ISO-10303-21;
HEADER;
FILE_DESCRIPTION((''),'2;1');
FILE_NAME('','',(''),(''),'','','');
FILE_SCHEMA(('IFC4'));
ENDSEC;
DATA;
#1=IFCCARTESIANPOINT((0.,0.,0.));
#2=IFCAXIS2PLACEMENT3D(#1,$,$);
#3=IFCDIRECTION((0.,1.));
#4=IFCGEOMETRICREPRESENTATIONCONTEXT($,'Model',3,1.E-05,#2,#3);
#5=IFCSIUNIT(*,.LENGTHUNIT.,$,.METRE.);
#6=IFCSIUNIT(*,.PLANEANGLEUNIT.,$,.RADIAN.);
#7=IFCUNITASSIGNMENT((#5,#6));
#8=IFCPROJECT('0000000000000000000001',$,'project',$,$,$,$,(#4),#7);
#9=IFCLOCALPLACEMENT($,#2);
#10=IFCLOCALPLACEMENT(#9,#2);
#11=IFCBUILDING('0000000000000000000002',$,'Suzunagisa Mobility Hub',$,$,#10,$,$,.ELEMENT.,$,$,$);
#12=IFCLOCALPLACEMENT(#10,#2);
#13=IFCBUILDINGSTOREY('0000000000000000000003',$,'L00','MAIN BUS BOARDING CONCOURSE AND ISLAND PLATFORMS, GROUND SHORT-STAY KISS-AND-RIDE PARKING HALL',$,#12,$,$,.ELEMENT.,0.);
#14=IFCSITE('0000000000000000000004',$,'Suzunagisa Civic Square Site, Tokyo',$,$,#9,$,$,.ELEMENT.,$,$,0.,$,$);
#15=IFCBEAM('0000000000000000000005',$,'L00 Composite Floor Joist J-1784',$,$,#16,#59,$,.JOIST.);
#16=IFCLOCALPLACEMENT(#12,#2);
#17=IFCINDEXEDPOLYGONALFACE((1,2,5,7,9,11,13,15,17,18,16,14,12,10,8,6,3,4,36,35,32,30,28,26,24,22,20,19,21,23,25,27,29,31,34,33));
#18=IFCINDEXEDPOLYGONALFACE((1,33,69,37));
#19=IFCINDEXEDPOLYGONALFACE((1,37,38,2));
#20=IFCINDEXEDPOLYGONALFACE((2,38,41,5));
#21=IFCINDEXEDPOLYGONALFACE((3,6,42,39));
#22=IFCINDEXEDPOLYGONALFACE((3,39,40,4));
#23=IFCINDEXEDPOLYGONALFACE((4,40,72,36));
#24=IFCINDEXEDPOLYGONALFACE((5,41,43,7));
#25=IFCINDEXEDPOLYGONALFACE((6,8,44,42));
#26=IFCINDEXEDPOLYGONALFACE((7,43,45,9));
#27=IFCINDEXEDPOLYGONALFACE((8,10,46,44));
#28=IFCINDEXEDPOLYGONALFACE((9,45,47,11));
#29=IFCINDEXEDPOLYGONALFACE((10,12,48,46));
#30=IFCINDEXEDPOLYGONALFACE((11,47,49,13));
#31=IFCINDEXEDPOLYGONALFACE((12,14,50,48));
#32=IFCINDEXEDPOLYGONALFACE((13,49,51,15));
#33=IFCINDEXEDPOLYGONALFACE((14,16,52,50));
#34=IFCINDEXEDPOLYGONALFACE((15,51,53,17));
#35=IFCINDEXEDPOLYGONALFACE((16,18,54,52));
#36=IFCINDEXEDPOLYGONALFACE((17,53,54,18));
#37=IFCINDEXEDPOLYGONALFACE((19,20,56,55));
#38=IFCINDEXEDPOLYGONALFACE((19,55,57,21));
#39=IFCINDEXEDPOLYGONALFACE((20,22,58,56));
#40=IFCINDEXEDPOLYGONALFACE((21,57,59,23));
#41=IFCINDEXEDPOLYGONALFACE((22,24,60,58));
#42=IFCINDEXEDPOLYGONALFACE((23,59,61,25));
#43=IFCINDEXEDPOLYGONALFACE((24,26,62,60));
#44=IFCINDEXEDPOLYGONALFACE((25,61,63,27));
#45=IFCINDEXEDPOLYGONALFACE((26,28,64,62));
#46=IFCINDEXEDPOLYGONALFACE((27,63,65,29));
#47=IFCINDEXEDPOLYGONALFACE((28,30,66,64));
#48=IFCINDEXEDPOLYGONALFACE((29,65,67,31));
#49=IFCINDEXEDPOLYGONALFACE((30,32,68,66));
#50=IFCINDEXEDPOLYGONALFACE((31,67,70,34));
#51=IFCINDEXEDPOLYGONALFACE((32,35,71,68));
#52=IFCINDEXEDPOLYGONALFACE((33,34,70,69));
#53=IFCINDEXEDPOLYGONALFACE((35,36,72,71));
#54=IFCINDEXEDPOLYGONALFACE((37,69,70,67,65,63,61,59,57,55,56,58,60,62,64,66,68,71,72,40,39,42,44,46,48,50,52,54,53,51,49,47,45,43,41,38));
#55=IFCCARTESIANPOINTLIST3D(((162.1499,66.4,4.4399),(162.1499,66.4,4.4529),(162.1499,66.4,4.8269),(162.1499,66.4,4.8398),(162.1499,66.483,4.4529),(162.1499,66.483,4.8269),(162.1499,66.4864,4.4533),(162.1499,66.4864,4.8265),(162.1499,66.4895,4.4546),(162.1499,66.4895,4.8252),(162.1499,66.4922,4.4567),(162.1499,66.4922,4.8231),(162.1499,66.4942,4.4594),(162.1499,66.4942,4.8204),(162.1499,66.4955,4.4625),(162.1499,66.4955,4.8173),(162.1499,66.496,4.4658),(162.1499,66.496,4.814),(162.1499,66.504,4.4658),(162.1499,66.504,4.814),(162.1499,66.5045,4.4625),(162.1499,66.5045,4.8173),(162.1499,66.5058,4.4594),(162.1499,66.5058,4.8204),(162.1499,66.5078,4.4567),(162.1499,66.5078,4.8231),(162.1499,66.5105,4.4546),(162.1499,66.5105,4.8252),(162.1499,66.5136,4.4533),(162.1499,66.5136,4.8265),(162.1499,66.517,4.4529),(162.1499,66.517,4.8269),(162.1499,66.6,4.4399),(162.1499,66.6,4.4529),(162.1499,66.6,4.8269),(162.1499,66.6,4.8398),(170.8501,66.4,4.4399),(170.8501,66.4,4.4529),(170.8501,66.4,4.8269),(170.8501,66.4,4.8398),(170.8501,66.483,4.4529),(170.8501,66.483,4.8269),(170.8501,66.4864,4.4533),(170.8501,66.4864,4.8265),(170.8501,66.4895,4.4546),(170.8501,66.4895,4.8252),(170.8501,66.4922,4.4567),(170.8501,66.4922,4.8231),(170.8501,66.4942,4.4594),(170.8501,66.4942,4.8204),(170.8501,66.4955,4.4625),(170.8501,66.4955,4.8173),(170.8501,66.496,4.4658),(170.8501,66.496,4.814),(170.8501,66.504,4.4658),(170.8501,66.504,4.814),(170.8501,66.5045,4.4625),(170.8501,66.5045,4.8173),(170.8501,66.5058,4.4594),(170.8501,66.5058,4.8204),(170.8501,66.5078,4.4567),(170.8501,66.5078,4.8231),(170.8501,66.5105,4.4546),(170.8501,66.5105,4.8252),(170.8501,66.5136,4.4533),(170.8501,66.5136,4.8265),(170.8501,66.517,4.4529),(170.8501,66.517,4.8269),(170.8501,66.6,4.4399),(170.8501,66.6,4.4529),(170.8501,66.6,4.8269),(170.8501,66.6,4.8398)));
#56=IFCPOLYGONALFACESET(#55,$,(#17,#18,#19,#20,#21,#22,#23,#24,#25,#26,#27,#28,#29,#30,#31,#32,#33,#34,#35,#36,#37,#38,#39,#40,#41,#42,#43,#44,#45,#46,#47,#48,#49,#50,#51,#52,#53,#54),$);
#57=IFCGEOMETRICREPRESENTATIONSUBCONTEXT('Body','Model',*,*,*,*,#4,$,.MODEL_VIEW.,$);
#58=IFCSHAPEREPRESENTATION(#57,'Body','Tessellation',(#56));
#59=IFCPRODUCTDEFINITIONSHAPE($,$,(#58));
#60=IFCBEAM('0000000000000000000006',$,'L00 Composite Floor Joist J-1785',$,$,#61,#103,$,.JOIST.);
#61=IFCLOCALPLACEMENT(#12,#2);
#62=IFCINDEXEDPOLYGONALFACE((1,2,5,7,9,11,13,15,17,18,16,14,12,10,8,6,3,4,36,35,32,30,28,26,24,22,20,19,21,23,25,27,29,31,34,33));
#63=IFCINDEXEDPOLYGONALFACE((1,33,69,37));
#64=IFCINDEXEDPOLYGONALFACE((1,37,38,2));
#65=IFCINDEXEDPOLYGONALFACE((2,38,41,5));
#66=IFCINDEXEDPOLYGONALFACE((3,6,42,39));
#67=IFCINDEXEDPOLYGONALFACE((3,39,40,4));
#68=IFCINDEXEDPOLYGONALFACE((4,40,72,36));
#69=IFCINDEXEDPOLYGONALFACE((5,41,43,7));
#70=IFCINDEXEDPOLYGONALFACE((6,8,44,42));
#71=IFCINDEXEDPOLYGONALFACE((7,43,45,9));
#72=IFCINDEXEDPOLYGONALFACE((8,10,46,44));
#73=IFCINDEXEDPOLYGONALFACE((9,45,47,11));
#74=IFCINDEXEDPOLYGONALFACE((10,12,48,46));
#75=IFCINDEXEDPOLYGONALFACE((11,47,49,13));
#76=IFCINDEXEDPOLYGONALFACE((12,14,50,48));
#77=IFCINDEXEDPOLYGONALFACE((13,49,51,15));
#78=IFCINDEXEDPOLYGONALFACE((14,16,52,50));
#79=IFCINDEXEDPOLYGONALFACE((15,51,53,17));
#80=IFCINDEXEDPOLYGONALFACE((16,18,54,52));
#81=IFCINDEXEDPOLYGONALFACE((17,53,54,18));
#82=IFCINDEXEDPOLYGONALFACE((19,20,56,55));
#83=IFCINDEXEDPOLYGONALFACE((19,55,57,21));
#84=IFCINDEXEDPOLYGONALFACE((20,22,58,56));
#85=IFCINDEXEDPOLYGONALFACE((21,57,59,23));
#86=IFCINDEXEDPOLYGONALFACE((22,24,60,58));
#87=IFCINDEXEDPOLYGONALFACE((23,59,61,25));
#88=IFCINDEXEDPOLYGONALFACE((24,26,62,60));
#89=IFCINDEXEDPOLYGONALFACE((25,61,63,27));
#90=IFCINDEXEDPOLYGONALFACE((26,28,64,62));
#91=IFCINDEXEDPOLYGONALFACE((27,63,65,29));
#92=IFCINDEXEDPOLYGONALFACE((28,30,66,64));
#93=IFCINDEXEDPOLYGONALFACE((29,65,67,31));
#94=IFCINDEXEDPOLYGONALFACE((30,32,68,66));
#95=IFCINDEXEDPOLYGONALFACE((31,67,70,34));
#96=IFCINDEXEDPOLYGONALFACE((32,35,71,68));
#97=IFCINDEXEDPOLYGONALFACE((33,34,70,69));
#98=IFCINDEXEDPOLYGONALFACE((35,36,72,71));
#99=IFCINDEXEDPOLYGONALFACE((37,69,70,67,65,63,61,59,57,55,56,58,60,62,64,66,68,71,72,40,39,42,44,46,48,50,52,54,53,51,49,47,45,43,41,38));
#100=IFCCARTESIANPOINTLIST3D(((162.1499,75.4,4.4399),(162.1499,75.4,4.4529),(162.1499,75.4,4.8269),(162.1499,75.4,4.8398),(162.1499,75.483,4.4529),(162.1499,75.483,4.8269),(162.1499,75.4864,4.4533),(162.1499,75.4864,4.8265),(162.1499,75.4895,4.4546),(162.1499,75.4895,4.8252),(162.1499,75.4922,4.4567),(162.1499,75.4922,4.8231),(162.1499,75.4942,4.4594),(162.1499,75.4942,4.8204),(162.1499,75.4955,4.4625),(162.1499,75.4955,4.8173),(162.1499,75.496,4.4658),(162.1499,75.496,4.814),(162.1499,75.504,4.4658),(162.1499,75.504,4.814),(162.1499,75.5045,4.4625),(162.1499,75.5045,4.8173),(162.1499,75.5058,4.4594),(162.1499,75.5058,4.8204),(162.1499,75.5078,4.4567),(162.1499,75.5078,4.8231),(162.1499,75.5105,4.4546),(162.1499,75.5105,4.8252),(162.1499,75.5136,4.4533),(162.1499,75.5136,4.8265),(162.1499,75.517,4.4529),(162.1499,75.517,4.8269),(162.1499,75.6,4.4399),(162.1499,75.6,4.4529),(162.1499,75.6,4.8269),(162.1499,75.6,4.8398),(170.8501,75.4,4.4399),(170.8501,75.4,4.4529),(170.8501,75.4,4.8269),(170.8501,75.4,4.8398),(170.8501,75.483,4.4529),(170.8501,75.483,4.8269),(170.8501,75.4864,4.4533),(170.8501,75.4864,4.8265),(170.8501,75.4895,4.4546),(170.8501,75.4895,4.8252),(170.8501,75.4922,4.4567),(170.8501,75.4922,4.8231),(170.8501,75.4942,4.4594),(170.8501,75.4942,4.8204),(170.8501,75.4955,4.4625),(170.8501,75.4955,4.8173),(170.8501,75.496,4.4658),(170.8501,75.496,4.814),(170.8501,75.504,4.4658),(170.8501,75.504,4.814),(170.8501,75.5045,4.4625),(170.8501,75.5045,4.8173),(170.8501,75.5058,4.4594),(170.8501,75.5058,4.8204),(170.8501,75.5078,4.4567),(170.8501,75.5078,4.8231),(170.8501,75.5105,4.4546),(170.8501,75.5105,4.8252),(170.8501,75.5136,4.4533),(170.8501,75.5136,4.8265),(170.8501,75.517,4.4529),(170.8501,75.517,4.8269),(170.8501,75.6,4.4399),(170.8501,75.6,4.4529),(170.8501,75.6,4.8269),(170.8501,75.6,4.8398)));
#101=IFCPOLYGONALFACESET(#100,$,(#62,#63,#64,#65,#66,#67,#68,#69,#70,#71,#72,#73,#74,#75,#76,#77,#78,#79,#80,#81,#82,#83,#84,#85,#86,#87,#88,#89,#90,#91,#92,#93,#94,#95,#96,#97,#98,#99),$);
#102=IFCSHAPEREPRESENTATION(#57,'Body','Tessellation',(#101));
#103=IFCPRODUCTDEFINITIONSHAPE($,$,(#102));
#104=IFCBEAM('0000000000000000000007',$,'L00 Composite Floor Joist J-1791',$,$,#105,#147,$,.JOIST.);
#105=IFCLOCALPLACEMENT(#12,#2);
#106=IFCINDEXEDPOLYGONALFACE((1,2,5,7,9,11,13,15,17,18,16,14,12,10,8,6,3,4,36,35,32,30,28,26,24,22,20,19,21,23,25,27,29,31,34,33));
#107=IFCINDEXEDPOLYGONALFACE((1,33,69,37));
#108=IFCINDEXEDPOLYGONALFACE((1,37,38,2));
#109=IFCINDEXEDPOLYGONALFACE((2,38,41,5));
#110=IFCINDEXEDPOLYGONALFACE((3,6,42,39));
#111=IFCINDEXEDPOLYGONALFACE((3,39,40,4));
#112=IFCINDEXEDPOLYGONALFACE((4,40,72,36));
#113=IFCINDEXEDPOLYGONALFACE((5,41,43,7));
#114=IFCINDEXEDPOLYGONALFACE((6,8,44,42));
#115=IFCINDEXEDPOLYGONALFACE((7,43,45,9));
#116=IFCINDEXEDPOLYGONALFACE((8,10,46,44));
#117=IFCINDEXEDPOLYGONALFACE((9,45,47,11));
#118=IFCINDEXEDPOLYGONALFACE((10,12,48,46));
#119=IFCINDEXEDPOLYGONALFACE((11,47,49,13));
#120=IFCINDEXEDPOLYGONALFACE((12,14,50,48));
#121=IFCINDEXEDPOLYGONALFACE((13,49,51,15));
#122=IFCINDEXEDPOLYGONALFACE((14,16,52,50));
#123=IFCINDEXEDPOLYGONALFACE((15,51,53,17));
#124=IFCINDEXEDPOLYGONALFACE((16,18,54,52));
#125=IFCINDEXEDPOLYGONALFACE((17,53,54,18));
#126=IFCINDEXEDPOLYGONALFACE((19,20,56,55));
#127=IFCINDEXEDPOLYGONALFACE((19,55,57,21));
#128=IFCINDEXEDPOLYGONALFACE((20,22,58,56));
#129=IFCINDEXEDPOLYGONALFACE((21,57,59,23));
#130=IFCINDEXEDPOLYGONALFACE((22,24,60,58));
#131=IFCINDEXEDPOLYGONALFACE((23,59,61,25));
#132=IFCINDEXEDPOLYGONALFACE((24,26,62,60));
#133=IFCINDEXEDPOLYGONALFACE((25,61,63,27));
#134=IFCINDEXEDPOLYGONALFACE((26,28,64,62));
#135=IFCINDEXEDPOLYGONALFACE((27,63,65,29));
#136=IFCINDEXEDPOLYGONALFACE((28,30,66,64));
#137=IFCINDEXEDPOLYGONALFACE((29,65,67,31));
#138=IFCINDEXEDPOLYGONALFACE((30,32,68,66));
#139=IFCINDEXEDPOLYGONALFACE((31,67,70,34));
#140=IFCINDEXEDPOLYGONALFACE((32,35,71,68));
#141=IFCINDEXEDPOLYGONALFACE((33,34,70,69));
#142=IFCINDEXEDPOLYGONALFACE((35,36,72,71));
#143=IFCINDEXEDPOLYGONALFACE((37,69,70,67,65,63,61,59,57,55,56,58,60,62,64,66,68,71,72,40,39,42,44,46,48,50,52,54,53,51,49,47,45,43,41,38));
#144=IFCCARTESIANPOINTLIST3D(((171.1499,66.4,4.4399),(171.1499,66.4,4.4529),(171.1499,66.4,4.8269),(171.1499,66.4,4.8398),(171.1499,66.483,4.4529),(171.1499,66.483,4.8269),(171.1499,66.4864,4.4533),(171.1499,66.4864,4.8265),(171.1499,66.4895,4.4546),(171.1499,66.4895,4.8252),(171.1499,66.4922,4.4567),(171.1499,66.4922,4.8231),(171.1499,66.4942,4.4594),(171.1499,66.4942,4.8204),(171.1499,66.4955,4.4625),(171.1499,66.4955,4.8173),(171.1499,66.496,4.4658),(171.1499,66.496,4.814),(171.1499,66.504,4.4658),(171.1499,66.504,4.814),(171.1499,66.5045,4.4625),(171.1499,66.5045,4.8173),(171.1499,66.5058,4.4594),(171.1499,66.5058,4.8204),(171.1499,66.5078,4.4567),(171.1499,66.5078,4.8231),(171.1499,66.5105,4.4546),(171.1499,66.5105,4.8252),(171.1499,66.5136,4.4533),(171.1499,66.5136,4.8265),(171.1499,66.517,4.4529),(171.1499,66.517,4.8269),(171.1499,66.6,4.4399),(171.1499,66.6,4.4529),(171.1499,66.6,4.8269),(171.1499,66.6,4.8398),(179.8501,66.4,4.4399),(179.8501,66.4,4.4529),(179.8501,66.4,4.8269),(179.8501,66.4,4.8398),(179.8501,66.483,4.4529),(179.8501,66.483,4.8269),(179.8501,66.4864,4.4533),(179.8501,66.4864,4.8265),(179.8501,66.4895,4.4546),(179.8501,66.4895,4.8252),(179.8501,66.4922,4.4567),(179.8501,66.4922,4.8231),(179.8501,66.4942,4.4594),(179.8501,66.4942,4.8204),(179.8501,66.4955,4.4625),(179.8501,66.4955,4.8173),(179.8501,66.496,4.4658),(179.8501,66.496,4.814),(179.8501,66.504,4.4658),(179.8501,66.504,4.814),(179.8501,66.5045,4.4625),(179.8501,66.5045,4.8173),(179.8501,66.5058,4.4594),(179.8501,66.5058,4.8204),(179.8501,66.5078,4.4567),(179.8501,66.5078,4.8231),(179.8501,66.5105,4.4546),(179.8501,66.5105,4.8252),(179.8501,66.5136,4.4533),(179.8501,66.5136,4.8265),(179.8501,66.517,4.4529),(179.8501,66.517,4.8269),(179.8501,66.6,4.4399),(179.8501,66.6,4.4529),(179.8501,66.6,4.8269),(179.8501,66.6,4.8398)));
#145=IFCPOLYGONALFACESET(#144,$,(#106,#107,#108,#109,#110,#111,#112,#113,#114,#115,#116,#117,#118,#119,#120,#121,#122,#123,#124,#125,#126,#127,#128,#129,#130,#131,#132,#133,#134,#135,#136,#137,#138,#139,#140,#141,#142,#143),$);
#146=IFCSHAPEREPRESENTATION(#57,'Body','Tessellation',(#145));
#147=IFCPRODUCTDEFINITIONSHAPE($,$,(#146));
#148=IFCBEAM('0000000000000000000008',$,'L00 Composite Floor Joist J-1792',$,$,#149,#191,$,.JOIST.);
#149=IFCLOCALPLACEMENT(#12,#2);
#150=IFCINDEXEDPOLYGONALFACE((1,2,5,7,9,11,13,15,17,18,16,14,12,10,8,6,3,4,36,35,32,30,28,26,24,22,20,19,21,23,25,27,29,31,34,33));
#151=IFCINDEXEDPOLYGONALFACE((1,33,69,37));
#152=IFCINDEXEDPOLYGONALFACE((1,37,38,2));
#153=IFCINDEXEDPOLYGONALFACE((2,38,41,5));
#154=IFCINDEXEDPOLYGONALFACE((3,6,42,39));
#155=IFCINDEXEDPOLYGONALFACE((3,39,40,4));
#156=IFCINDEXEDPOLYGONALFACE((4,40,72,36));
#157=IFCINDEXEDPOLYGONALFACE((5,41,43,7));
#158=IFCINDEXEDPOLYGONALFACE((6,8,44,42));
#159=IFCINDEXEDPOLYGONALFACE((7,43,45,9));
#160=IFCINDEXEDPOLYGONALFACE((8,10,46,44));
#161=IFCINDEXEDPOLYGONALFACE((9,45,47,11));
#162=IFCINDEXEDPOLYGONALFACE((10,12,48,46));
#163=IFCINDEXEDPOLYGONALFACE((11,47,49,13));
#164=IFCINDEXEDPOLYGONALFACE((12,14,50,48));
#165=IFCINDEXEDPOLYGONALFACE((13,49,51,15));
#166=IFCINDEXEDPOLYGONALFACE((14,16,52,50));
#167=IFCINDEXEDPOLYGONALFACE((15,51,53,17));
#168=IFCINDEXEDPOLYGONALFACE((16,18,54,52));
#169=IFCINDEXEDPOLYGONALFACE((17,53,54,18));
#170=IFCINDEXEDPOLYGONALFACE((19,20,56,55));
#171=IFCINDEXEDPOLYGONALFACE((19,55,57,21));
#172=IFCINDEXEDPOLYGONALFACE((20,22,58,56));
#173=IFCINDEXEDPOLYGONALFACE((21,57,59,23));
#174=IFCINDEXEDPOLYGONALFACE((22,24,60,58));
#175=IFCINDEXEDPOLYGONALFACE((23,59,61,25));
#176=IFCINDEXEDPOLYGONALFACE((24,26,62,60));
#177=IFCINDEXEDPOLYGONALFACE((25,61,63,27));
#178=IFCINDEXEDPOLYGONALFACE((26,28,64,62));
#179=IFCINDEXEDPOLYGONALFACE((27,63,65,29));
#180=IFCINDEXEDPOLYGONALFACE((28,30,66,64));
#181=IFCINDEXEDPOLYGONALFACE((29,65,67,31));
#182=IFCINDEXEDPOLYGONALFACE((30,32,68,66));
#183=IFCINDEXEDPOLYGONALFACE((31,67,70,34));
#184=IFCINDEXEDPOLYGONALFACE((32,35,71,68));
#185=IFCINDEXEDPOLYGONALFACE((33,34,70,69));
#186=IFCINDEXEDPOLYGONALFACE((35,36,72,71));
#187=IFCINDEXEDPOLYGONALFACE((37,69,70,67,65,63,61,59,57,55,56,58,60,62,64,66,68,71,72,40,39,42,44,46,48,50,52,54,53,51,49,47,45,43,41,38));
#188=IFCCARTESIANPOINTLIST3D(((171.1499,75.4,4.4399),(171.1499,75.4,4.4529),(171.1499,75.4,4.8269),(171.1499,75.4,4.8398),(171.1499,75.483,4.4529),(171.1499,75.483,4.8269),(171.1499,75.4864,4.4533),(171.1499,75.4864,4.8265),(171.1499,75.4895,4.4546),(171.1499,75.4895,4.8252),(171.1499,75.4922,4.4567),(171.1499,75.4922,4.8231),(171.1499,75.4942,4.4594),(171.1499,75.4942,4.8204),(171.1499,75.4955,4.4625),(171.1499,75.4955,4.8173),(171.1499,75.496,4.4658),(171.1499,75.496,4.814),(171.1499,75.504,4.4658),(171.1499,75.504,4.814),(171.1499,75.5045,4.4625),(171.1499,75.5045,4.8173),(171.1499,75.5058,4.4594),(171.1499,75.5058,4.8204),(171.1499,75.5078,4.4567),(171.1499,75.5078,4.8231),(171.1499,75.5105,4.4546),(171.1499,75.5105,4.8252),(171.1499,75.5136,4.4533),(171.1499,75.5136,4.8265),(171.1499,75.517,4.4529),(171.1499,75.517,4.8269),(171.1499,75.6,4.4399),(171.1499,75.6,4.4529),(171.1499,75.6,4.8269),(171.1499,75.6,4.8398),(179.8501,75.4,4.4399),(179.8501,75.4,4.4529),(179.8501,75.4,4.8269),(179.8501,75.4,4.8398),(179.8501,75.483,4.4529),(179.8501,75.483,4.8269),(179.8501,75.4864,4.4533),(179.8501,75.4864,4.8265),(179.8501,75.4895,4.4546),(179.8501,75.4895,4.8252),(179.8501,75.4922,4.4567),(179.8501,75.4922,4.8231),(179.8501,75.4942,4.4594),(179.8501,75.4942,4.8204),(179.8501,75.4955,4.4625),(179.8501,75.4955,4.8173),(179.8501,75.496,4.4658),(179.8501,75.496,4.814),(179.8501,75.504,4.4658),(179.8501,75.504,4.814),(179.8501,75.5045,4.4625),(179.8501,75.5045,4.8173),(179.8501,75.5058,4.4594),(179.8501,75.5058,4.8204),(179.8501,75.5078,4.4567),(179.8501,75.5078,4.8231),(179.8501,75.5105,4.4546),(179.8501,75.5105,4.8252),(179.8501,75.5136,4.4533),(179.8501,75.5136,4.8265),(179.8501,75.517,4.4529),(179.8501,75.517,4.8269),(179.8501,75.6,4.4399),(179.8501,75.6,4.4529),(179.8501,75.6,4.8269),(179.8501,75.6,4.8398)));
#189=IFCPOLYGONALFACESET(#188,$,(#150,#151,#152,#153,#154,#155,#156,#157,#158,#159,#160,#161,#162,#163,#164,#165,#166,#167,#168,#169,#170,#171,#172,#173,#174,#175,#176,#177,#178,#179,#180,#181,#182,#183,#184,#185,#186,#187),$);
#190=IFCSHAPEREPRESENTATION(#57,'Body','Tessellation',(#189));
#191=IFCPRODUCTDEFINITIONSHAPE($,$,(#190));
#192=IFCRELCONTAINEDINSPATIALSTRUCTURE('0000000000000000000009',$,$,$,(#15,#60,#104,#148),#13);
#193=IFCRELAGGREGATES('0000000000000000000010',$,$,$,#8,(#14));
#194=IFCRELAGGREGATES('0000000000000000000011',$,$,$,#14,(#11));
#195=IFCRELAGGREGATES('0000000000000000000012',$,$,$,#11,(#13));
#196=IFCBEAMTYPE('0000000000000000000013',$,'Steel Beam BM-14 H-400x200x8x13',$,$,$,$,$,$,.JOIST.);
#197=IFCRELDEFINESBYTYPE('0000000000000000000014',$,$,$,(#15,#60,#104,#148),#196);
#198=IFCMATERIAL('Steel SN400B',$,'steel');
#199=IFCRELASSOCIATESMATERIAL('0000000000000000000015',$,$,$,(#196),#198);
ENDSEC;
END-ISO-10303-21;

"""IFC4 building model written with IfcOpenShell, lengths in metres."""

from ifc_helpers import new_model, si_unit, direction, frame, origin, origin_2d, place, context, subcontext, project, spatial, i_section, extrude, material, material_profile, profile_set, type_object, element, save


model = new_model("IFC4")

# Units and contexts
model_context = context("Model", 3, precision=1e-05, world=origin(), true_north=direction((0.0, 1.0)))
body_context = subcontext(model_context, "Body", "Model", "MODEL_VIEW")
ifc_project = project(units=[si_unit("LENGTHUNIT", "METRE"), si_unit("PLANEANGLEUNIT", "RADIAN")], contexts=[model_context])

# Site, building, storey
site_placement = place(None, origin())
site = spatial("IfcSite", under=ifc_project, at=site_placement, Name="Suzunagisa Civic Square Site, Tokyo", CompositionType="ELEMENT", RefElevation=0.0)
building_placement = place(site_placement, origin())
building = spatial("IfcBuilding", under=site, at=building_placement, Name="Suzunagisa Mobility Hub", CompositionType="ELEMENT")
storey_placement = place(building_placement, origin())
storey = spatial("IfcBuildingStorey", under=building, at=storey_placement, Name="L00", Description="MAIN BUS BOARDING CONCOURSE AND ISLAND PLATFORMS, GROUND SHORT-STAY KISS-AND-RIDE PARKING HALL", CompositionType="ELEMENT", Elevation=0.0)

# Beams
ifc_material_1 = material(Name="Steel SN400B", Category="steel")
ifc_material_profile_1 = material_profile(ifc_material_1, i_section(OverallWidth=0.2, OverallDepth=0.3999, WebThickness=0.0081, FlangeThickness=0.0129, FilletRadius=0.0129, at=origin_2d()), Name="H-400x200x8x13")
ifc_profile_set_1 = profile_set([ifc_material_profile_1], Name="Steel SN400B")
beam_type_1 = type_object("IfcBeamType", Name="Steel Beam BM-14 H-400x200x8x13", PredefinedType="JOIST", material=ifc_profile_set_1)
for number, where, z_axis, x_axis, name in (
    (1, (162.1499, 66.5, 4.6399), (1.0, 0.0, 0.0), (0.0, 1.0, 0.0), "L00 Composite Floor Joist J-1784"),
    (2, (162.1499, 75.5, 4.6399), (1.0, 0.0, 0.0), (0.0, 1.0, 0.0), "L00 Composite Floor Joist J-1785"),
    (3, (171.1499, 66.5, 4.6399), (1.0, 0.0, 0.0), (0.0, 1.0, 0.0), "L00 Composite Floor Joist J-1791"),
    (4, (171.1499, 75.5, 4.6399), (1.0, 0.0, 0.0), (0.0, 1.0, 0.0), "L00 Composite Floor Joist J-1792"),
):
    element("IfcBeam", number, at=place(storey_placement, frame(where, z_axis=z_axis, x_axis=x_axis)), inside=storey, type_object=beam_type_1, Name=name, PredefinedType="JOIST", context=body_context, shape_type="SweptSolid", body=[
        extrude(i_section(OverallWidth=0.2, OverallDepth=0.3999, WebThickness=0.0081, FlangeThickness=0.0129, FilletRadius=0.0129, at=origin_2d()), origin(), (0.0, 0.0, 1.0), 8.7002),
    ])

save(model, "model.ifc")
